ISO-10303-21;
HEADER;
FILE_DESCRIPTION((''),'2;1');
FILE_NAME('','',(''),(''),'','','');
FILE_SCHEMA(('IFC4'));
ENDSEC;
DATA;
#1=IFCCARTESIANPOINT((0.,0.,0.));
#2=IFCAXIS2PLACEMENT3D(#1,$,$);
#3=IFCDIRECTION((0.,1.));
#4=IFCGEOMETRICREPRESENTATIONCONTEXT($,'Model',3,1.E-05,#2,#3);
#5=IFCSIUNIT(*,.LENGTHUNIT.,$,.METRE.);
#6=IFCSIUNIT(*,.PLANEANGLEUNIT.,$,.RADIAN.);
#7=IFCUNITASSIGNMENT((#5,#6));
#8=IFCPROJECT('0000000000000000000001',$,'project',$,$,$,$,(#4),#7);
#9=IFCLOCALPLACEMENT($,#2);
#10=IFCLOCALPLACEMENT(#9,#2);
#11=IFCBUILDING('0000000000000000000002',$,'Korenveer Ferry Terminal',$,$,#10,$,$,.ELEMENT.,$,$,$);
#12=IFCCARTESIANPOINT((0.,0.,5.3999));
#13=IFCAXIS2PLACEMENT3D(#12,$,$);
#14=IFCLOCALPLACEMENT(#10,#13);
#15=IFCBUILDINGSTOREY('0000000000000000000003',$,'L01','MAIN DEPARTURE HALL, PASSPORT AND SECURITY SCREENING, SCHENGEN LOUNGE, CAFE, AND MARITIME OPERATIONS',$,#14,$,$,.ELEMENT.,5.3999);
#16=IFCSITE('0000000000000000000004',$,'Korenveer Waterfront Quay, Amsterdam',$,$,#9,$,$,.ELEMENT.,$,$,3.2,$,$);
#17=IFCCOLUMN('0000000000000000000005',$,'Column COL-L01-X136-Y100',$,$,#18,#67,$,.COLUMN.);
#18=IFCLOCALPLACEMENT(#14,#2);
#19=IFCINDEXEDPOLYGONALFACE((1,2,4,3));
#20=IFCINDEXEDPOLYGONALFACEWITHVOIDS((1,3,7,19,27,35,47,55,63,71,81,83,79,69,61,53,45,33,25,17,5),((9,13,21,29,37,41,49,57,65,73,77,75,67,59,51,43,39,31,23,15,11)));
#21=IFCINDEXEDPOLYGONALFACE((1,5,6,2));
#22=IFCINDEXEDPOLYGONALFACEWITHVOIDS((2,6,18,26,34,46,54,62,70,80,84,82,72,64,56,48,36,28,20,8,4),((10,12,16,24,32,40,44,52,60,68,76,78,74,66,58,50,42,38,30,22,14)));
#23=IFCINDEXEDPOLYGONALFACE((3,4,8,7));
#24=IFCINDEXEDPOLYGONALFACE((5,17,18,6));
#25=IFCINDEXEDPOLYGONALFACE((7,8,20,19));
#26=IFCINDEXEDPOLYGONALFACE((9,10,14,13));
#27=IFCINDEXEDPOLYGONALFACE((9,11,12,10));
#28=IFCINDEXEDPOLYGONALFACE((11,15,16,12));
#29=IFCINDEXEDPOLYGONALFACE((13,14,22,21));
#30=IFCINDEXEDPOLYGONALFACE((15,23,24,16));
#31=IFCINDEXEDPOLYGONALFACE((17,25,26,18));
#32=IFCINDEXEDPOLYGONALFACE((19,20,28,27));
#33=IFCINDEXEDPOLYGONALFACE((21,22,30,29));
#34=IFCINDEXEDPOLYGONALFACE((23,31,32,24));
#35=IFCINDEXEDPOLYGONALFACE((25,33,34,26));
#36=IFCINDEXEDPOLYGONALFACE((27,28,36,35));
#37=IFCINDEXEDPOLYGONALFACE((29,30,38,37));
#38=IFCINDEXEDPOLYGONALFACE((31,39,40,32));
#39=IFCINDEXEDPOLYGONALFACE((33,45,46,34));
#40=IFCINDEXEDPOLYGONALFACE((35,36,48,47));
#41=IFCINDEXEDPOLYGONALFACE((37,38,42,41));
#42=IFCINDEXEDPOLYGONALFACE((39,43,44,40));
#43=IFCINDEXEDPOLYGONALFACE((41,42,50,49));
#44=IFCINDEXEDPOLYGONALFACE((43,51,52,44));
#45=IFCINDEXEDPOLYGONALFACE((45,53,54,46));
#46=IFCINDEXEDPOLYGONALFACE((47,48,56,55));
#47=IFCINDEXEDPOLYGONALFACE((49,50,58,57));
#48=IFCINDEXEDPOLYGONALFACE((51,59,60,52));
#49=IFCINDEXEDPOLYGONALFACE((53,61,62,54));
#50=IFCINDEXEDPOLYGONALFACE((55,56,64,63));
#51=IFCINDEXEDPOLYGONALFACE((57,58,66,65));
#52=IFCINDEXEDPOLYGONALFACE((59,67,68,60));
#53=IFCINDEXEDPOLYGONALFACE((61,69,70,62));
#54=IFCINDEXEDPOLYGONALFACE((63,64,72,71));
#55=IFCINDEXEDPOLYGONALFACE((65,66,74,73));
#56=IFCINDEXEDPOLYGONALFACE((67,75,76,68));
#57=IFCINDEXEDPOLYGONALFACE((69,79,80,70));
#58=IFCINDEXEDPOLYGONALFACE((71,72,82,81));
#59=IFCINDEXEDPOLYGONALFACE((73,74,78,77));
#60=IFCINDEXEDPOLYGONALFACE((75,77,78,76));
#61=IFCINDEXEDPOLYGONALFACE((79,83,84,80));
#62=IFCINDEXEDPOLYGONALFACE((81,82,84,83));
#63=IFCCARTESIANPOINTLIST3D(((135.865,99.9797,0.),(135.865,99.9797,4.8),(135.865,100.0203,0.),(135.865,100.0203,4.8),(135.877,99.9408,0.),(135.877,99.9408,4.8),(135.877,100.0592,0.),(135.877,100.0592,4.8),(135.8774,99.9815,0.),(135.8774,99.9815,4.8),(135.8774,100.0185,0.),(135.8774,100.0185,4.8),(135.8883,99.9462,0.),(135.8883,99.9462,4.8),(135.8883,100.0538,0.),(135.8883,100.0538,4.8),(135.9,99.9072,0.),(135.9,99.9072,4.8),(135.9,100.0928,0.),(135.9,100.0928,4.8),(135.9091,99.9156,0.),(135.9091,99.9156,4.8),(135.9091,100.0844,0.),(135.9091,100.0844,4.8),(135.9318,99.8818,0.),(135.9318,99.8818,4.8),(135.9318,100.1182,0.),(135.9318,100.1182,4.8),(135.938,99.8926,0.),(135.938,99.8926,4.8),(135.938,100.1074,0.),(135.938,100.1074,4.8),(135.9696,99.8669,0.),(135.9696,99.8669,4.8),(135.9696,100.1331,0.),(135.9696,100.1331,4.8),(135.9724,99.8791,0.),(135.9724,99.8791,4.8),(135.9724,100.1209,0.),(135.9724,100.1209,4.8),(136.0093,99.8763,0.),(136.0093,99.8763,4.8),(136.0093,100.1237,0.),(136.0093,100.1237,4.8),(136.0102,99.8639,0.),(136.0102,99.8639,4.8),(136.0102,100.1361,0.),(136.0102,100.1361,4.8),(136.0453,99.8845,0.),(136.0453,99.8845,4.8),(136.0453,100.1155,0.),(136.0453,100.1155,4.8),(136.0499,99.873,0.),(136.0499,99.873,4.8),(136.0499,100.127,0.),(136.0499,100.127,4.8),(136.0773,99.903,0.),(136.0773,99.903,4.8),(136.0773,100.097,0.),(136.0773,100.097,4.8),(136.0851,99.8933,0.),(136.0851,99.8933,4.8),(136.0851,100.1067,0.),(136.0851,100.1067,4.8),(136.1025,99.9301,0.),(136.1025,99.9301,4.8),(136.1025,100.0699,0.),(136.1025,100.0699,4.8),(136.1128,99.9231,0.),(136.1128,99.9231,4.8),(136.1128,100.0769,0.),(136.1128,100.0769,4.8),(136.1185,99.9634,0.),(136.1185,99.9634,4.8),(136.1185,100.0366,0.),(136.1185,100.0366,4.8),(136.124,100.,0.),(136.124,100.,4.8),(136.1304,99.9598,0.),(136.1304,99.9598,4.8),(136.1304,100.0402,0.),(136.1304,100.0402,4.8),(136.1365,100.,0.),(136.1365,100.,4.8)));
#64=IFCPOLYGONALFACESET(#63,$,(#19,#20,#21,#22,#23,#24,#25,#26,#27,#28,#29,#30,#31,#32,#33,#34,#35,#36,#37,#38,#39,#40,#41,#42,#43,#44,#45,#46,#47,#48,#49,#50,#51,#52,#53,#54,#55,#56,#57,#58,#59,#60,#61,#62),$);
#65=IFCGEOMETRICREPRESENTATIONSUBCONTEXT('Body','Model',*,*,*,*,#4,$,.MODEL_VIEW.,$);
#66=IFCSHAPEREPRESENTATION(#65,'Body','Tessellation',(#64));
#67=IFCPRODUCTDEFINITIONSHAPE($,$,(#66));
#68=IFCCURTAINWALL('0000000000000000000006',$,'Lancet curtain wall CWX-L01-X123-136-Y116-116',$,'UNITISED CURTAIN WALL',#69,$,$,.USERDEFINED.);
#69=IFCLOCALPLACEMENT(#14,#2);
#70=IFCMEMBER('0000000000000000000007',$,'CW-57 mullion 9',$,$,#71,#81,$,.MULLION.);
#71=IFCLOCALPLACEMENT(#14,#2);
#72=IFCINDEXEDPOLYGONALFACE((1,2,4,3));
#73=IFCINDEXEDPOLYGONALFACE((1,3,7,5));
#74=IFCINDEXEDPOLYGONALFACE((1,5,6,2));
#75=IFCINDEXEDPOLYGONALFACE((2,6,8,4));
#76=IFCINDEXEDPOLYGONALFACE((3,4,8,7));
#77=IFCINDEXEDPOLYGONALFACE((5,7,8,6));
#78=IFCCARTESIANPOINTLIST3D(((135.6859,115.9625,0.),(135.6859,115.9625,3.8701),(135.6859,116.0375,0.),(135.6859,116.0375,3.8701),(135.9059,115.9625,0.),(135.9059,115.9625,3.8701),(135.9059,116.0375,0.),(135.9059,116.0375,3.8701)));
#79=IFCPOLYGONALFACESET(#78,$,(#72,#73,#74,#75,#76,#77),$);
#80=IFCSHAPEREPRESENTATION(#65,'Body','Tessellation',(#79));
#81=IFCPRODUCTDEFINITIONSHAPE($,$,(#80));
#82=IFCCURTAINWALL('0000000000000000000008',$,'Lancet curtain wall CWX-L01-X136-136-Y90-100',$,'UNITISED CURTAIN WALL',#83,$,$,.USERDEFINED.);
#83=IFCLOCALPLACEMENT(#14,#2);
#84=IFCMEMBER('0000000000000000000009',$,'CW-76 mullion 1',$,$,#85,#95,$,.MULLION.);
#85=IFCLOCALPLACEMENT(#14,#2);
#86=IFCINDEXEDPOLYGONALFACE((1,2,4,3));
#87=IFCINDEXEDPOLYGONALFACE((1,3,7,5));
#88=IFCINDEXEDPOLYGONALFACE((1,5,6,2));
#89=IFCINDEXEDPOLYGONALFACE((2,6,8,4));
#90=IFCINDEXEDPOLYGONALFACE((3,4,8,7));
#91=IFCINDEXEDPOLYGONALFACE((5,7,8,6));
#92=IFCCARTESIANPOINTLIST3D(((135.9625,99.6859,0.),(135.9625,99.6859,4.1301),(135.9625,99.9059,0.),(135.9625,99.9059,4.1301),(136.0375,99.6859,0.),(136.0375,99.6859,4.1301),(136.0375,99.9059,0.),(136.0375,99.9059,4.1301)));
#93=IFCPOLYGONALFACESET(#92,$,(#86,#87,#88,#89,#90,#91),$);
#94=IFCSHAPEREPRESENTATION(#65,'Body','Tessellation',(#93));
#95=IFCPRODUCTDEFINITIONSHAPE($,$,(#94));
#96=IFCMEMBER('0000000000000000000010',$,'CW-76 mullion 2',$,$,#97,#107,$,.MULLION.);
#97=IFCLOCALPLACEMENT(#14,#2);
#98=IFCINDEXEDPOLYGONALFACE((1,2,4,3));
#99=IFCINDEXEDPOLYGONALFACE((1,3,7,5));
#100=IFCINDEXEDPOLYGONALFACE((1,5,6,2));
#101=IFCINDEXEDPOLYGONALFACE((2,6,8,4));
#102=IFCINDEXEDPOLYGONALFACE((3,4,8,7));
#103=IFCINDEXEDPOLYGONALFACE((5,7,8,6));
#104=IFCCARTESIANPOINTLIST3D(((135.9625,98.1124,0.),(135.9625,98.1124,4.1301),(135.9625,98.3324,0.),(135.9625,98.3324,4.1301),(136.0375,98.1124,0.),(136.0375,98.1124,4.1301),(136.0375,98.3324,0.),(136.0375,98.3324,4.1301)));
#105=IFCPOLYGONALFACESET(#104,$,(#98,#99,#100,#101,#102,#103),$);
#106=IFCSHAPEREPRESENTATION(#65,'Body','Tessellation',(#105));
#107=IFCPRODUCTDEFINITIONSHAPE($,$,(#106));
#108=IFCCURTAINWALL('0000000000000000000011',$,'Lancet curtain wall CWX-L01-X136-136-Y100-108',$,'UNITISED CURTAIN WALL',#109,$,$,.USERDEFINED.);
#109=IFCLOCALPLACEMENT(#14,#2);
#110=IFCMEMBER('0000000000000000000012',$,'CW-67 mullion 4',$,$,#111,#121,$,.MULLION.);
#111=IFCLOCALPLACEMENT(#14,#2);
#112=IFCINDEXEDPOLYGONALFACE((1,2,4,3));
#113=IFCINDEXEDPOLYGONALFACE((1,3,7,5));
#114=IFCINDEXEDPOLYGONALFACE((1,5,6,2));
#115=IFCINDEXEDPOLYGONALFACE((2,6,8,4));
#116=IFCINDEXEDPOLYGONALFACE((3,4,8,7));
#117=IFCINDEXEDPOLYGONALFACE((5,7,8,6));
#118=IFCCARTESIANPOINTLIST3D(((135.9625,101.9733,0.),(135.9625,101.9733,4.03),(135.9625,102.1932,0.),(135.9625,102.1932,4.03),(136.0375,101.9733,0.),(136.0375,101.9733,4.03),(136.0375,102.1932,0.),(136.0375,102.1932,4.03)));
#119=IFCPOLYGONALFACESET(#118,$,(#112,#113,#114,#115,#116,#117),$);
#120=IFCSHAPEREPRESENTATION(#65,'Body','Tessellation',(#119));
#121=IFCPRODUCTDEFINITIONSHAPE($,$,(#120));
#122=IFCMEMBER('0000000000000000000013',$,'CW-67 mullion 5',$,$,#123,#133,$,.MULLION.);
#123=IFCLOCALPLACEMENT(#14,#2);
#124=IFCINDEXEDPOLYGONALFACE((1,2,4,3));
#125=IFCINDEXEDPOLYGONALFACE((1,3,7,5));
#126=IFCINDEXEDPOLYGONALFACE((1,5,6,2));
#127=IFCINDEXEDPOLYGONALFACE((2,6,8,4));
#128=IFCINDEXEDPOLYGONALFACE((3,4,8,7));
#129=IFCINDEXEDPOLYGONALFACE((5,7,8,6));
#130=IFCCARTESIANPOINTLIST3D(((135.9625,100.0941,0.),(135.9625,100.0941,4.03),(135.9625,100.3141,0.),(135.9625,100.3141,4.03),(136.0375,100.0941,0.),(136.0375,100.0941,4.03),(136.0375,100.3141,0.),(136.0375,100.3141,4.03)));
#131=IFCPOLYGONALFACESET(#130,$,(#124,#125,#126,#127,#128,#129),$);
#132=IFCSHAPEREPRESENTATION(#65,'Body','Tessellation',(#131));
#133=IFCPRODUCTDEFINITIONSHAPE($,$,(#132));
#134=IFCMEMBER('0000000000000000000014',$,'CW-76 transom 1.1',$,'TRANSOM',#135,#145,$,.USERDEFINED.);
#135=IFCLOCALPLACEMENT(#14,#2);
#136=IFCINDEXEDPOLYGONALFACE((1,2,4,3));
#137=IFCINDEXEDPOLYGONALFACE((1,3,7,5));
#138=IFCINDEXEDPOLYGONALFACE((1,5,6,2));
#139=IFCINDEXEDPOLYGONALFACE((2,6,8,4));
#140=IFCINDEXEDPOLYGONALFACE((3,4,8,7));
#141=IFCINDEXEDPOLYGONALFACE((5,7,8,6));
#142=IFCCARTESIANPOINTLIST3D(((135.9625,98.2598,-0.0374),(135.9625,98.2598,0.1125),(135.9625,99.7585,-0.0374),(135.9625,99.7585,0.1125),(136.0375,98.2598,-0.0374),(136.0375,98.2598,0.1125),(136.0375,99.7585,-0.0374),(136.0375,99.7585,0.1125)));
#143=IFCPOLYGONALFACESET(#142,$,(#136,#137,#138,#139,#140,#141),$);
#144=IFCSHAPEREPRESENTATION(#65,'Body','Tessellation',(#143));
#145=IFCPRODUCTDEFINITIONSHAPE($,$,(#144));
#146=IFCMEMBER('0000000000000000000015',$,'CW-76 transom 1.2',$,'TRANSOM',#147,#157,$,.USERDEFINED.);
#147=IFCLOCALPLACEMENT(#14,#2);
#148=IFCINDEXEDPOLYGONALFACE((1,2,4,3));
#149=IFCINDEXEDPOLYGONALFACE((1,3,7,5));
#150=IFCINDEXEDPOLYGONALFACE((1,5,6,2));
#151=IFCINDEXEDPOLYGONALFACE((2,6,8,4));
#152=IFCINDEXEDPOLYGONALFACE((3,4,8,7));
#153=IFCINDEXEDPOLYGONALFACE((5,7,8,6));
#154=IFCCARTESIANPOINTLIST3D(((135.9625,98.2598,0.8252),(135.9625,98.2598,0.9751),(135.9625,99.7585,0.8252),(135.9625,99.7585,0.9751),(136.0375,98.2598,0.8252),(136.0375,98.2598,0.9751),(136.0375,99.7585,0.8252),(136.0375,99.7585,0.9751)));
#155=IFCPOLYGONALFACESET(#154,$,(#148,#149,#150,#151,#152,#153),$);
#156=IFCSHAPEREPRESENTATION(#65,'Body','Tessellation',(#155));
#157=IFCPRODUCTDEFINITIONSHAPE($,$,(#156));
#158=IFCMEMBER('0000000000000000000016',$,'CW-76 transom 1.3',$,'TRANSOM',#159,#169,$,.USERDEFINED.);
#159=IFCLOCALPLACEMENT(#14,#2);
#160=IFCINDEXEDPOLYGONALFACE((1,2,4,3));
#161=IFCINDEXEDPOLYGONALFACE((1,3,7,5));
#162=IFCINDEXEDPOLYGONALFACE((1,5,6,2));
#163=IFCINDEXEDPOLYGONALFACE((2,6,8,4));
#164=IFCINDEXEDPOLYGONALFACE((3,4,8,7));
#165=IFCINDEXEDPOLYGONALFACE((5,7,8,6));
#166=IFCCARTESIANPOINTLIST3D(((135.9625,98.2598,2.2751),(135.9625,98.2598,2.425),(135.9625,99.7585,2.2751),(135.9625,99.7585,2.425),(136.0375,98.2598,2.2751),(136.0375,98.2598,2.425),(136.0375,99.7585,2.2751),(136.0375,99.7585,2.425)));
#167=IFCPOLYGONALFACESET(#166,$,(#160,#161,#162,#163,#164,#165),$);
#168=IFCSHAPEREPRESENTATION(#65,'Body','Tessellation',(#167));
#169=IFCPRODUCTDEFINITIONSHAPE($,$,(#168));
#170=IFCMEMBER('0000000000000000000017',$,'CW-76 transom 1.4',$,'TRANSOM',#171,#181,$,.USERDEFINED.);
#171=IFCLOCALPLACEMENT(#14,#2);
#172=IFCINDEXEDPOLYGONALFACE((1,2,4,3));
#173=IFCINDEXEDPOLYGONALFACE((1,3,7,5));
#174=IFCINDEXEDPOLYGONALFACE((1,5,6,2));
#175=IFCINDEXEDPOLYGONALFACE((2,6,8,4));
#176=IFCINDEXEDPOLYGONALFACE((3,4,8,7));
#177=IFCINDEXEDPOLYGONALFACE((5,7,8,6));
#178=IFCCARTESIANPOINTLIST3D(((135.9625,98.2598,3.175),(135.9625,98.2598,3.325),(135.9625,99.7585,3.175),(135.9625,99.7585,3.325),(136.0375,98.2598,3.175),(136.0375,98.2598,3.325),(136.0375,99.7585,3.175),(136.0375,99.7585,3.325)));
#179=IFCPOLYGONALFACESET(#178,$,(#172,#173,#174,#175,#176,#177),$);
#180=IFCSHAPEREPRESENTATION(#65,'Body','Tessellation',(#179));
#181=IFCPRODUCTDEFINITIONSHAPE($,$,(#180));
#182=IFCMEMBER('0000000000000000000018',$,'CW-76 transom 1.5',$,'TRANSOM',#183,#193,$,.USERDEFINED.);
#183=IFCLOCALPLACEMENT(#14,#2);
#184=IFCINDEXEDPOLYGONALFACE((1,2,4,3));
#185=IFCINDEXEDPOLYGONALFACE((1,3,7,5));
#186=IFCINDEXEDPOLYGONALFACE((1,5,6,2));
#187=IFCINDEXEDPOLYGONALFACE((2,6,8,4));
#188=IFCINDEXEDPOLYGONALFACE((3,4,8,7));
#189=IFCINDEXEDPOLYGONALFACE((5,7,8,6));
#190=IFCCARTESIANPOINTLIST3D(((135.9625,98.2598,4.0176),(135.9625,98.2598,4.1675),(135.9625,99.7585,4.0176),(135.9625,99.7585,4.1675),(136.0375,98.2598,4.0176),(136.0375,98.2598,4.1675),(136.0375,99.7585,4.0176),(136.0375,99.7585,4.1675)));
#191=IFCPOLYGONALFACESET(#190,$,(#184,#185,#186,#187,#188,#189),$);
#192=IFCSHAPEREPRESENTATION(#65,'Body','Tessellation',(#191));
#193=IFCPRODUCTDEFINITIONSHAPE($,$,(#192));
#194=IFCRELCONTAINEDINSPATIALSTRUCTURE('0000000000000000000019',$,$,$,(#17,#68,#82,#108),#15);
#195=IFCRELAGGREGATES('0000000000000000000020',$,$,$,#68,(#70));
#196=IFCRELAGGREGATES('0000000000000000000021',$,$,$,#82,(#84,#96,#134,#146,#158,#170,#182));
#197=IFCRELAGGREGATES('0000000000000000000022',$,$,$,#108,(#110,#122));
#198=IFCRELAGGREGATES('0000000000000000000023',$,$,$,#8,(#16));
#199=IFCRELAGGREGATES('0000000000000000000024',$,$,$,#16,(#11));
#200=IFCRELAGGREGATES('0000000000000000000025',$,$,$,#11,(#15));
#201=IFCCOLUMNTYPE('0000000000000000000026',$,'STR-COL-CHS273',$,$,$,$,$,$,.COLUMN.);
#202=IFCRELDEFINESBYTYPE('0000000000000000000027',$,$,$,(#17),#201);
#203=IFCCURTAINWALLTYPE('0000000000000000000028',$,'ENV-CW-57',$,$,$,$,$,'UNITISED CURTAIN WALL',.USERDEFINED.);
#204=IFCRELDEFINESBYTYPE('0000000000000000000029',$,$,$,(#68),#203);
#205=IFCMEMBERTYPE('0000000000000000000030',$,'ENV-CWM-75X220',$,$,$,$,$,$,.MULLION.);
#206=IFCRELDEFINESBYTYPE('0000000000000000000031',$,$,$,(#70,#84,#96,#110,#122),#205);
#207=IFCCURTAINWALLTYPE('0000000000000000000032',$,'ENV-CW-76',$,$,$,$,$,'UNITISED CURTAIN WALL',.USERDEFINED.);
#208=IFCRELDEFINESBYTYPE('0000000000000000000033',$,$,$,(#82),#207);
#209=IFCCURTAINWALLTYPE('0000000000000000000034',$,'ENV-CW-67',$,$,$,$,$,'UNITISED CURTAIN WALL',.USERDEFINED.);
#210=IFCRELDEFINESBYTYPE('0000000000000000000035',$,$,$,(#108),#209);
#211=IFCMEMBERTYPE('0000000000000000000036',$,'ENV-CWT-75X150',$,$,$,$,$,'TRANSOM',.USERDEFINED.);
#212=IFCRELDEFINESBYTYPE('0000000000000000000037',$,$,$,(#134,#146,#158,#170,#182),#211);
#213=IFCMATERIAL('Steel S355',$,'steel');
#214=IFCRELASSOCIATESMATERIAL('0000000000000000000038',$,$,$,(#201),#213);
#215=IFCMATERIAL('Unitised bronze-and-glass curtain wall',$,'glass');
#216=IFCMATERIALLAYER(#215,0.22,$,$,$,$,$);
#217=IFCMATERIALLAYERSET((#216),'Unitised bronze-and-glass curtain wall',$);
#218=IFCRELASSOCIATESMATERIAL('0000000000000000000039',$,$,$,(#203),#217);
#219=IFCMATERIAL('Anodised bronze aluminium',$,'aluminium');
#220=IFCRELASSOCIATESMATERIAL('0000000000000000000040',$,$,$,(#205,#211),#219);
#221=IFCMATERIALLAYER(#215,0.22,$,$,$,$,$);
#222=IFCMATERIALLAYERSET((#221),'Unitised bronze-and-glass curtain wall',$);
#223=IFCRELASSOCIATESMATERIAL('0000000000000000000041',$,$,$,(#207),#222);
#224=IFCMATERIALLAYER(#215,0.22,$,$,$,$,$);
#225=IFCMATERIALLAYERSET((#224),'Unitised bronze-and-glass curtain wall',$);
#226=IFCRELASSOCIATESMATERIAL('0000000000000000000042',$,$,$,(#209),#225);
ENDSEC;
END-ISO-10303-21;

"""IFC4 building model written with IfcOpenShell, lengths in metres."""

from ifc_helpers import new_model, si_unit, direction, frame, origin, origin_2d, place, context, subcontext, project, spatial, rectangle, hollow_circle, extrude, material, layer, layer_set, material_profile, profile_set, type_object, element, aggregate, save


model = new_model("IFC4")

# Units and contexts
model_context = context("Model", 3, precision=1e-05, world=origin(), true_north=direction((0.0, 1.0)))
body_context = subcontext(model_context, "Body", "Model", "MODEL_VIEW")
ifc_project = project(units=[si_unit("LENGTHUNIT", "METRE"), si_unit("PLANEANGLEUNIT", "RADIAN")], contexts=[model_context])

# Site, building, storey
site_placement = place(None, origin())
site = spatial("IfcSite", under=ifc_project, at=site_placement, Name="Korenveer Waterfront Quay, Amsterdam", CompositionType="ELEMENT", RefElevation=3.2)
building_placement = place(site_placement, origin())
building = spatial("IfcBuilding", under=site, at=building_placement, Name="Korenveer Ferry Terminal", CompositionType="ELEMENT")
storey_placement = place(building_placement, frame((0.0, 0.0, 5.3999)))
storey = spatial("IfcBuildingStorey", under=building, at=storey_placement, Name="L01", Description="MAIN DEPARTURE HALL, PASSPORT AND SECURITY SCREENING, SCHENGEN LOUNGE, CAFE, AND MARITIME OPERATIONS", CompositionType="ELEMENT", Elevation=5.3999)

# Column
ifc_material_1 = material(Name="Steel S355", Category="steel")
ifc_material_profile_1 = material_profile(ifc_material_1, hollow_circle(Radius=0.1365, WallThickness=0.0125, at=origin_2d()), Name="CHS 273x12.5")
ifc_profile_set_1 = profile_set([ifc_material_profile_1], Name="Steel S355")
column_type = type_object("IfcColumnType", Name="STR-COL-CHS273", PredefinedType="COLUMN", material=ifc_profile_set_1)
column_placement = place(storey_placement, frame((136.0, 100.0, 0.0), z_axis=(0.0, 0.0, 1.0), x_axis=(1.0, 0.0, 0.0)))
element("IfcColumn", 1, at=column_placement, inside=storey, type_object=column_type, Name="Column COL-L01-X136-Y100", PredefinedType="COLUMN", context=body_context, shape_type="SweptSolid", body=[
    extrude(hollow_circle(Radius=0.1365, WallThickness=0.0125, at=origin_2d()), origin(), (0.0, 0.0, 1.0), 4.8),
])

# Curtain wall, member
ifc_material_2 = material(Name="Unitised bronze-and-glass curtain wall", Category="glass")
ifc_layer_1 = layer(ifc_material_2, 0.22)
ifc_layer_set_1 = layer_set([ifc_layer_1], Name="Unitised bronze-and-glass curtain wall")
curtain_wall_type_1 = type_object("IfcCurtainWallType", Name="ENV-CW-57", ElementType="UNITISED CURTAIN WALL", PredefinedType="USERDEFINED", material=ifc_layer_set_1)
curtain_wall_1_placement = place(storey_placement, frame((123.1799, 116.0, 0.0)))
curtain_wall_1 = element("IfcCurtainWall", 2, at=curtain_wall_1_placement, inside=storey, type_object=curtain_wall_type_1, Name="Lancet curtain wall CWX-L01-X123-136-Y116-116", ObjectType="UNITISED CURTAIN WALL", PredefinedType="USERDEFINED")
ifc_material_3 = material(Name="Anodised bronze aluminium", Category="aluminium")
ifc_material_profile_2 = material_profile(ifc_material_3, rectangle(XDim=0.075, YDim=0.22, at=origin_2d()), Name="ALU 75x220")
ifc_profile_set_2 = profile_set([ifc_material_profile_2], Name="Anodised bronze aluminium")
member_type_1 = type_object("IfcMemberType", Name="ENV-CWM-75X220", PredefinedType="MULLION", material=ifc_profile_set_2)
member_1_placement = place(storey_placement, frame((135.7959, 116.0, 0.0), z_axis=(0.0, 0.0, 1.0), x_axis=(0.0, 1.0, 0.0)))
member_1 = element("IfcMember", 3, at=member_1_placement, type_object=member_type_1, Name="CW-57 mullion 9", PredefinedType="MULLION", context=body_context, shape_type="SweptSolid", body=[
    extrude(rectangle(XDim=0.075, YDim=0.22, at=origin_2d()), origin(), (0.0, 0.0, 1.0), 3.8701),
])

# Curtain walls, members
ifc_layer_2 = layer(ifc_material_2, 0.22)
ifc_layer_set_2 = layer_set([ifc_layer_2], Name="Unitised bronze-and-glass curtain wall")
curtain_wall_type_2 = type_object("IfcCurtainWallType", Name="ENV-CW-76", ElementType="UNITISED CURTAIN WALL", PredefinedType="USERDEFINED", material=ifc_layer_set_2)
curtain_wall_2_placement = place(storey_placement, frame((136.0, 99.8335, 0.0)))
curtain_wall_2 = element("IfcCurtainWall", 4, at=curtain_wall_2_placement, inside=storey, type_object=curtain_wall_type_2, Name="Lancet curtain wall CWX-L01-X136-136-Y90-100", ObjectType="UNITISED CURTAIN WALL", PredefinedType="USERDEFINED")
member_2_placement = place(storey_placement, frame((136.0, 99.7959, 0.0), z_axis=(0.0, 0.0, 1.0), x_axis=(1.0, 0.0, 0.0)))
member_2 = element("IfcMember", 5, at=member_2_placement, type_object=member_type_1, Name="CW-76 mullion 1", PredefinedType="MULLION", context=body_context, shape_type="SweptSolid", body=[
    extrude(rectangle(XDim=0.075, YDim=0.22, at=origin_2d()), origin(), (0.0, 0.0, 1.0), 4.1301),
])
member_3_placement = place(storey_placement, frame((136.0, 98.2224, 0.0), z_axis=(0.0, 0.0, 1.0), x_axis=(1.0, 0.0, 0.0)))
member_3 = element("IfcMember", 6, at=member_3_placement, type_object=member_type_1, Name="CW-76 mullion 2", PredefinedType="MULLION", context=body_context, shape_type="SweptSolid", body=[
    extrude(rectangle(XDim=0.075, YDim=0.22, at=origin_2d()), origin(), (0.0, 0.0, 1.0), 4.1301),
])
ifc_layer_3 = layer(ifc_material_2, 0.22)
ifc_layer_set_3 = layer_set([ifc_layer_3], Name="Unitised bronze-and-glass curtain wall")
curtain_wall_type_3 = type_object("IfcCurtainWallType", Name="ENV-CW-67", ElementType="UNITISED CURTAIN WALL", PredefinedType="USERDEFINED", material=ifc_layer_set_3)
curtain_wall_3_placement = place(storey_placement, frame((136.0, 107.8335, 0.0)))
curtain_wall_3 = element("IfcCurtainWall", 7, at=curtain_wall_3_placement, inside=storey, type_object=curtain_wall_type_3, Name="Lancet curtain wall CWX-L01-X136-136-Y100-108", ObjectType="UNITISED CURTAIN WALL", PredefinedType="USERDEFINED")
member_4_placement = place(storey_placement, frame((136.0, 102.0833, 0.0), z_axis=(0.0, 0.0, 1.0), x_axis=(1.0, 0.0, 0.0)))
member_4 = element("IfcMember", 8, at=member_4_placement, type_object=member_type_1, Name="CW-67 mullion 4", PredefinedType="MULLION", context=body_context, shape_type="SweptSolid", body=[
    extrude(rectangle(XDim=0.075, YDim=0.22, at=origin_2d()), origin(), (0.0, 0.0, 1.0), 4.03),
])
member_5_placement = place(storey_placement, frame((136.0, 100.2041, 0.0), z_axis=(0.0, 0.0, 1.0), x_axis=(1.0, 0.0, 0.0)))
member_5 = element("IfcMember", 9, at=member_5_placement, type_object=member_type_1, Name="CW-67 mullion 5", PredefinedType="MULLION", context=body_context, shape_type="SweptSolid", body=[
    extrude(rectangle(XDim=0.075, YDim=0.22, at=origin_2d()), origin(), (0.0, 0.0, 1.0), 4.03),
])

# Members
ifc_material_profile_3 = material_profile(ifc_material_3, rectangle(XDim=0.075, YDim=0.1499, at=origin_2d()), Name="ALU 75x150")
ifc_profile_set_3 = profile_set([ifc_material_profile_3], Name="Anodised bronze aluminium")
member_type_2 = type_object("IfcMemberType", Name="ENV-CWT-75X150", ElementType="TRANSOM", PredefinedType="USERDEFINED", material=ifc_profile_set_3)
member_6_placement = place(storey_placement, frame((136.0, 99.7585, 0.0376), z_axis=(0.0, -1.0, 0.0), x_axis=(1.0, 0.0, 0.0)))
member_6 = element("IfcMember", 10, at=member_6_placement, type_object=member_type_2, Name="CW-76 transom 1.1", ObjectType="TRANSOM", PredefinedType="USERDEFINED", context=body_context, shape_type="SweptSolid", body=[
    extrude(rectangle(XDim=0.075, YDim=0.1499, at=origin_2d()), origin(), (0.0, 0.0, 1.0), 1.4988),
])
member_7_placement = place(storey_placement, frame((136.0, 99.7585, 0.9001), z_axis=(0.0, -1.0, 0.0), x_axis=(1.0, 0.0, 0.0)))
member_7 = element("IfcMember", 11, at=member_7_placement, type_object=member_type_2, Name="CW-76 transom 1.2", ObjectType="TRANSOM", PredefinedType="USERDEFINED", context=body_context, shape_type="SweptSolid", body=[
    extrude(rectangle(XDim=0.075, YDim=0.1499, at=origin_2d()), origin(), (0.0, 0.0, 1.0), 1.4988),
])
member_8_placement = place(storey_placement, frame((136.0, 99.7585, 2.3501), z_axis=(0.0, -1.0, 0.0), x_axis=(1.0, 0.0, 0.0)))
member_8 = element("IfcMember", 12, at=member_8_placement, type_object=member_type_2, Name="CW-76 transom 1.3", ObjectType="TRANSOM", PredefinedType="USERDEFINED", context=body_context, shape_type="SweptSolid", body=[
    extrude(rectangle(XDim=0.075, YDim=0.1499, at=origin_2d()), origin(), (0.0, 0.0, 1.0), 1.4988),
])
member_9_placement = place(storey_placement, frame((136.0, 99.7585, 3.25), z_axis=(0.0, -1.0, 0.0), x_axis=(1.0, 0.0, 0.0)))
member_9 = element("IfcMember", 13, at=member_9_placement, type_object=member_type_2, Name="CW-76 transom 1.4", ObjectType="TRANSOM", PredefinedType="USERDEFINED", context=body_context, shape_type="SweptSolid", body=[
    extrude(rectangle(XDim=0.075, YDim=0.1499, at=origin_2d()), origin(), (0.0, 0.0, 1.0), 1.4988),
])
member_10_placement = place(storey_placement, frame((136.0, 99.7585, 4.0925), z_axis=(0.0, -1.0, 0.0), x_axis=(1.0, 0.0, 0.0)))
member_10 = element("IfcMember", 14, at=member_10_placement, type_object=member_type_2, Name="CW-76 transom 1.5", ObjectType="TRANSOM", PredefinedType="USERDEFINED", context=body_context, shape_type="SweptSolid", body=[
    extrude(rectangle(XDim=0.075, YDim=0.1499, at=origin_2d()), origin(), (0.0, 0.0, 1.0), 1.4988),
])

aggregate(curtain_wall_1, [member_1])
aggregate(curtain_wall_2, [member_2, member_3, member_6, member_7, member_8, member_9, member_10])
aggregate(curtain_wall_3, [member_4, member_5])

save(model, "model.ifc")
